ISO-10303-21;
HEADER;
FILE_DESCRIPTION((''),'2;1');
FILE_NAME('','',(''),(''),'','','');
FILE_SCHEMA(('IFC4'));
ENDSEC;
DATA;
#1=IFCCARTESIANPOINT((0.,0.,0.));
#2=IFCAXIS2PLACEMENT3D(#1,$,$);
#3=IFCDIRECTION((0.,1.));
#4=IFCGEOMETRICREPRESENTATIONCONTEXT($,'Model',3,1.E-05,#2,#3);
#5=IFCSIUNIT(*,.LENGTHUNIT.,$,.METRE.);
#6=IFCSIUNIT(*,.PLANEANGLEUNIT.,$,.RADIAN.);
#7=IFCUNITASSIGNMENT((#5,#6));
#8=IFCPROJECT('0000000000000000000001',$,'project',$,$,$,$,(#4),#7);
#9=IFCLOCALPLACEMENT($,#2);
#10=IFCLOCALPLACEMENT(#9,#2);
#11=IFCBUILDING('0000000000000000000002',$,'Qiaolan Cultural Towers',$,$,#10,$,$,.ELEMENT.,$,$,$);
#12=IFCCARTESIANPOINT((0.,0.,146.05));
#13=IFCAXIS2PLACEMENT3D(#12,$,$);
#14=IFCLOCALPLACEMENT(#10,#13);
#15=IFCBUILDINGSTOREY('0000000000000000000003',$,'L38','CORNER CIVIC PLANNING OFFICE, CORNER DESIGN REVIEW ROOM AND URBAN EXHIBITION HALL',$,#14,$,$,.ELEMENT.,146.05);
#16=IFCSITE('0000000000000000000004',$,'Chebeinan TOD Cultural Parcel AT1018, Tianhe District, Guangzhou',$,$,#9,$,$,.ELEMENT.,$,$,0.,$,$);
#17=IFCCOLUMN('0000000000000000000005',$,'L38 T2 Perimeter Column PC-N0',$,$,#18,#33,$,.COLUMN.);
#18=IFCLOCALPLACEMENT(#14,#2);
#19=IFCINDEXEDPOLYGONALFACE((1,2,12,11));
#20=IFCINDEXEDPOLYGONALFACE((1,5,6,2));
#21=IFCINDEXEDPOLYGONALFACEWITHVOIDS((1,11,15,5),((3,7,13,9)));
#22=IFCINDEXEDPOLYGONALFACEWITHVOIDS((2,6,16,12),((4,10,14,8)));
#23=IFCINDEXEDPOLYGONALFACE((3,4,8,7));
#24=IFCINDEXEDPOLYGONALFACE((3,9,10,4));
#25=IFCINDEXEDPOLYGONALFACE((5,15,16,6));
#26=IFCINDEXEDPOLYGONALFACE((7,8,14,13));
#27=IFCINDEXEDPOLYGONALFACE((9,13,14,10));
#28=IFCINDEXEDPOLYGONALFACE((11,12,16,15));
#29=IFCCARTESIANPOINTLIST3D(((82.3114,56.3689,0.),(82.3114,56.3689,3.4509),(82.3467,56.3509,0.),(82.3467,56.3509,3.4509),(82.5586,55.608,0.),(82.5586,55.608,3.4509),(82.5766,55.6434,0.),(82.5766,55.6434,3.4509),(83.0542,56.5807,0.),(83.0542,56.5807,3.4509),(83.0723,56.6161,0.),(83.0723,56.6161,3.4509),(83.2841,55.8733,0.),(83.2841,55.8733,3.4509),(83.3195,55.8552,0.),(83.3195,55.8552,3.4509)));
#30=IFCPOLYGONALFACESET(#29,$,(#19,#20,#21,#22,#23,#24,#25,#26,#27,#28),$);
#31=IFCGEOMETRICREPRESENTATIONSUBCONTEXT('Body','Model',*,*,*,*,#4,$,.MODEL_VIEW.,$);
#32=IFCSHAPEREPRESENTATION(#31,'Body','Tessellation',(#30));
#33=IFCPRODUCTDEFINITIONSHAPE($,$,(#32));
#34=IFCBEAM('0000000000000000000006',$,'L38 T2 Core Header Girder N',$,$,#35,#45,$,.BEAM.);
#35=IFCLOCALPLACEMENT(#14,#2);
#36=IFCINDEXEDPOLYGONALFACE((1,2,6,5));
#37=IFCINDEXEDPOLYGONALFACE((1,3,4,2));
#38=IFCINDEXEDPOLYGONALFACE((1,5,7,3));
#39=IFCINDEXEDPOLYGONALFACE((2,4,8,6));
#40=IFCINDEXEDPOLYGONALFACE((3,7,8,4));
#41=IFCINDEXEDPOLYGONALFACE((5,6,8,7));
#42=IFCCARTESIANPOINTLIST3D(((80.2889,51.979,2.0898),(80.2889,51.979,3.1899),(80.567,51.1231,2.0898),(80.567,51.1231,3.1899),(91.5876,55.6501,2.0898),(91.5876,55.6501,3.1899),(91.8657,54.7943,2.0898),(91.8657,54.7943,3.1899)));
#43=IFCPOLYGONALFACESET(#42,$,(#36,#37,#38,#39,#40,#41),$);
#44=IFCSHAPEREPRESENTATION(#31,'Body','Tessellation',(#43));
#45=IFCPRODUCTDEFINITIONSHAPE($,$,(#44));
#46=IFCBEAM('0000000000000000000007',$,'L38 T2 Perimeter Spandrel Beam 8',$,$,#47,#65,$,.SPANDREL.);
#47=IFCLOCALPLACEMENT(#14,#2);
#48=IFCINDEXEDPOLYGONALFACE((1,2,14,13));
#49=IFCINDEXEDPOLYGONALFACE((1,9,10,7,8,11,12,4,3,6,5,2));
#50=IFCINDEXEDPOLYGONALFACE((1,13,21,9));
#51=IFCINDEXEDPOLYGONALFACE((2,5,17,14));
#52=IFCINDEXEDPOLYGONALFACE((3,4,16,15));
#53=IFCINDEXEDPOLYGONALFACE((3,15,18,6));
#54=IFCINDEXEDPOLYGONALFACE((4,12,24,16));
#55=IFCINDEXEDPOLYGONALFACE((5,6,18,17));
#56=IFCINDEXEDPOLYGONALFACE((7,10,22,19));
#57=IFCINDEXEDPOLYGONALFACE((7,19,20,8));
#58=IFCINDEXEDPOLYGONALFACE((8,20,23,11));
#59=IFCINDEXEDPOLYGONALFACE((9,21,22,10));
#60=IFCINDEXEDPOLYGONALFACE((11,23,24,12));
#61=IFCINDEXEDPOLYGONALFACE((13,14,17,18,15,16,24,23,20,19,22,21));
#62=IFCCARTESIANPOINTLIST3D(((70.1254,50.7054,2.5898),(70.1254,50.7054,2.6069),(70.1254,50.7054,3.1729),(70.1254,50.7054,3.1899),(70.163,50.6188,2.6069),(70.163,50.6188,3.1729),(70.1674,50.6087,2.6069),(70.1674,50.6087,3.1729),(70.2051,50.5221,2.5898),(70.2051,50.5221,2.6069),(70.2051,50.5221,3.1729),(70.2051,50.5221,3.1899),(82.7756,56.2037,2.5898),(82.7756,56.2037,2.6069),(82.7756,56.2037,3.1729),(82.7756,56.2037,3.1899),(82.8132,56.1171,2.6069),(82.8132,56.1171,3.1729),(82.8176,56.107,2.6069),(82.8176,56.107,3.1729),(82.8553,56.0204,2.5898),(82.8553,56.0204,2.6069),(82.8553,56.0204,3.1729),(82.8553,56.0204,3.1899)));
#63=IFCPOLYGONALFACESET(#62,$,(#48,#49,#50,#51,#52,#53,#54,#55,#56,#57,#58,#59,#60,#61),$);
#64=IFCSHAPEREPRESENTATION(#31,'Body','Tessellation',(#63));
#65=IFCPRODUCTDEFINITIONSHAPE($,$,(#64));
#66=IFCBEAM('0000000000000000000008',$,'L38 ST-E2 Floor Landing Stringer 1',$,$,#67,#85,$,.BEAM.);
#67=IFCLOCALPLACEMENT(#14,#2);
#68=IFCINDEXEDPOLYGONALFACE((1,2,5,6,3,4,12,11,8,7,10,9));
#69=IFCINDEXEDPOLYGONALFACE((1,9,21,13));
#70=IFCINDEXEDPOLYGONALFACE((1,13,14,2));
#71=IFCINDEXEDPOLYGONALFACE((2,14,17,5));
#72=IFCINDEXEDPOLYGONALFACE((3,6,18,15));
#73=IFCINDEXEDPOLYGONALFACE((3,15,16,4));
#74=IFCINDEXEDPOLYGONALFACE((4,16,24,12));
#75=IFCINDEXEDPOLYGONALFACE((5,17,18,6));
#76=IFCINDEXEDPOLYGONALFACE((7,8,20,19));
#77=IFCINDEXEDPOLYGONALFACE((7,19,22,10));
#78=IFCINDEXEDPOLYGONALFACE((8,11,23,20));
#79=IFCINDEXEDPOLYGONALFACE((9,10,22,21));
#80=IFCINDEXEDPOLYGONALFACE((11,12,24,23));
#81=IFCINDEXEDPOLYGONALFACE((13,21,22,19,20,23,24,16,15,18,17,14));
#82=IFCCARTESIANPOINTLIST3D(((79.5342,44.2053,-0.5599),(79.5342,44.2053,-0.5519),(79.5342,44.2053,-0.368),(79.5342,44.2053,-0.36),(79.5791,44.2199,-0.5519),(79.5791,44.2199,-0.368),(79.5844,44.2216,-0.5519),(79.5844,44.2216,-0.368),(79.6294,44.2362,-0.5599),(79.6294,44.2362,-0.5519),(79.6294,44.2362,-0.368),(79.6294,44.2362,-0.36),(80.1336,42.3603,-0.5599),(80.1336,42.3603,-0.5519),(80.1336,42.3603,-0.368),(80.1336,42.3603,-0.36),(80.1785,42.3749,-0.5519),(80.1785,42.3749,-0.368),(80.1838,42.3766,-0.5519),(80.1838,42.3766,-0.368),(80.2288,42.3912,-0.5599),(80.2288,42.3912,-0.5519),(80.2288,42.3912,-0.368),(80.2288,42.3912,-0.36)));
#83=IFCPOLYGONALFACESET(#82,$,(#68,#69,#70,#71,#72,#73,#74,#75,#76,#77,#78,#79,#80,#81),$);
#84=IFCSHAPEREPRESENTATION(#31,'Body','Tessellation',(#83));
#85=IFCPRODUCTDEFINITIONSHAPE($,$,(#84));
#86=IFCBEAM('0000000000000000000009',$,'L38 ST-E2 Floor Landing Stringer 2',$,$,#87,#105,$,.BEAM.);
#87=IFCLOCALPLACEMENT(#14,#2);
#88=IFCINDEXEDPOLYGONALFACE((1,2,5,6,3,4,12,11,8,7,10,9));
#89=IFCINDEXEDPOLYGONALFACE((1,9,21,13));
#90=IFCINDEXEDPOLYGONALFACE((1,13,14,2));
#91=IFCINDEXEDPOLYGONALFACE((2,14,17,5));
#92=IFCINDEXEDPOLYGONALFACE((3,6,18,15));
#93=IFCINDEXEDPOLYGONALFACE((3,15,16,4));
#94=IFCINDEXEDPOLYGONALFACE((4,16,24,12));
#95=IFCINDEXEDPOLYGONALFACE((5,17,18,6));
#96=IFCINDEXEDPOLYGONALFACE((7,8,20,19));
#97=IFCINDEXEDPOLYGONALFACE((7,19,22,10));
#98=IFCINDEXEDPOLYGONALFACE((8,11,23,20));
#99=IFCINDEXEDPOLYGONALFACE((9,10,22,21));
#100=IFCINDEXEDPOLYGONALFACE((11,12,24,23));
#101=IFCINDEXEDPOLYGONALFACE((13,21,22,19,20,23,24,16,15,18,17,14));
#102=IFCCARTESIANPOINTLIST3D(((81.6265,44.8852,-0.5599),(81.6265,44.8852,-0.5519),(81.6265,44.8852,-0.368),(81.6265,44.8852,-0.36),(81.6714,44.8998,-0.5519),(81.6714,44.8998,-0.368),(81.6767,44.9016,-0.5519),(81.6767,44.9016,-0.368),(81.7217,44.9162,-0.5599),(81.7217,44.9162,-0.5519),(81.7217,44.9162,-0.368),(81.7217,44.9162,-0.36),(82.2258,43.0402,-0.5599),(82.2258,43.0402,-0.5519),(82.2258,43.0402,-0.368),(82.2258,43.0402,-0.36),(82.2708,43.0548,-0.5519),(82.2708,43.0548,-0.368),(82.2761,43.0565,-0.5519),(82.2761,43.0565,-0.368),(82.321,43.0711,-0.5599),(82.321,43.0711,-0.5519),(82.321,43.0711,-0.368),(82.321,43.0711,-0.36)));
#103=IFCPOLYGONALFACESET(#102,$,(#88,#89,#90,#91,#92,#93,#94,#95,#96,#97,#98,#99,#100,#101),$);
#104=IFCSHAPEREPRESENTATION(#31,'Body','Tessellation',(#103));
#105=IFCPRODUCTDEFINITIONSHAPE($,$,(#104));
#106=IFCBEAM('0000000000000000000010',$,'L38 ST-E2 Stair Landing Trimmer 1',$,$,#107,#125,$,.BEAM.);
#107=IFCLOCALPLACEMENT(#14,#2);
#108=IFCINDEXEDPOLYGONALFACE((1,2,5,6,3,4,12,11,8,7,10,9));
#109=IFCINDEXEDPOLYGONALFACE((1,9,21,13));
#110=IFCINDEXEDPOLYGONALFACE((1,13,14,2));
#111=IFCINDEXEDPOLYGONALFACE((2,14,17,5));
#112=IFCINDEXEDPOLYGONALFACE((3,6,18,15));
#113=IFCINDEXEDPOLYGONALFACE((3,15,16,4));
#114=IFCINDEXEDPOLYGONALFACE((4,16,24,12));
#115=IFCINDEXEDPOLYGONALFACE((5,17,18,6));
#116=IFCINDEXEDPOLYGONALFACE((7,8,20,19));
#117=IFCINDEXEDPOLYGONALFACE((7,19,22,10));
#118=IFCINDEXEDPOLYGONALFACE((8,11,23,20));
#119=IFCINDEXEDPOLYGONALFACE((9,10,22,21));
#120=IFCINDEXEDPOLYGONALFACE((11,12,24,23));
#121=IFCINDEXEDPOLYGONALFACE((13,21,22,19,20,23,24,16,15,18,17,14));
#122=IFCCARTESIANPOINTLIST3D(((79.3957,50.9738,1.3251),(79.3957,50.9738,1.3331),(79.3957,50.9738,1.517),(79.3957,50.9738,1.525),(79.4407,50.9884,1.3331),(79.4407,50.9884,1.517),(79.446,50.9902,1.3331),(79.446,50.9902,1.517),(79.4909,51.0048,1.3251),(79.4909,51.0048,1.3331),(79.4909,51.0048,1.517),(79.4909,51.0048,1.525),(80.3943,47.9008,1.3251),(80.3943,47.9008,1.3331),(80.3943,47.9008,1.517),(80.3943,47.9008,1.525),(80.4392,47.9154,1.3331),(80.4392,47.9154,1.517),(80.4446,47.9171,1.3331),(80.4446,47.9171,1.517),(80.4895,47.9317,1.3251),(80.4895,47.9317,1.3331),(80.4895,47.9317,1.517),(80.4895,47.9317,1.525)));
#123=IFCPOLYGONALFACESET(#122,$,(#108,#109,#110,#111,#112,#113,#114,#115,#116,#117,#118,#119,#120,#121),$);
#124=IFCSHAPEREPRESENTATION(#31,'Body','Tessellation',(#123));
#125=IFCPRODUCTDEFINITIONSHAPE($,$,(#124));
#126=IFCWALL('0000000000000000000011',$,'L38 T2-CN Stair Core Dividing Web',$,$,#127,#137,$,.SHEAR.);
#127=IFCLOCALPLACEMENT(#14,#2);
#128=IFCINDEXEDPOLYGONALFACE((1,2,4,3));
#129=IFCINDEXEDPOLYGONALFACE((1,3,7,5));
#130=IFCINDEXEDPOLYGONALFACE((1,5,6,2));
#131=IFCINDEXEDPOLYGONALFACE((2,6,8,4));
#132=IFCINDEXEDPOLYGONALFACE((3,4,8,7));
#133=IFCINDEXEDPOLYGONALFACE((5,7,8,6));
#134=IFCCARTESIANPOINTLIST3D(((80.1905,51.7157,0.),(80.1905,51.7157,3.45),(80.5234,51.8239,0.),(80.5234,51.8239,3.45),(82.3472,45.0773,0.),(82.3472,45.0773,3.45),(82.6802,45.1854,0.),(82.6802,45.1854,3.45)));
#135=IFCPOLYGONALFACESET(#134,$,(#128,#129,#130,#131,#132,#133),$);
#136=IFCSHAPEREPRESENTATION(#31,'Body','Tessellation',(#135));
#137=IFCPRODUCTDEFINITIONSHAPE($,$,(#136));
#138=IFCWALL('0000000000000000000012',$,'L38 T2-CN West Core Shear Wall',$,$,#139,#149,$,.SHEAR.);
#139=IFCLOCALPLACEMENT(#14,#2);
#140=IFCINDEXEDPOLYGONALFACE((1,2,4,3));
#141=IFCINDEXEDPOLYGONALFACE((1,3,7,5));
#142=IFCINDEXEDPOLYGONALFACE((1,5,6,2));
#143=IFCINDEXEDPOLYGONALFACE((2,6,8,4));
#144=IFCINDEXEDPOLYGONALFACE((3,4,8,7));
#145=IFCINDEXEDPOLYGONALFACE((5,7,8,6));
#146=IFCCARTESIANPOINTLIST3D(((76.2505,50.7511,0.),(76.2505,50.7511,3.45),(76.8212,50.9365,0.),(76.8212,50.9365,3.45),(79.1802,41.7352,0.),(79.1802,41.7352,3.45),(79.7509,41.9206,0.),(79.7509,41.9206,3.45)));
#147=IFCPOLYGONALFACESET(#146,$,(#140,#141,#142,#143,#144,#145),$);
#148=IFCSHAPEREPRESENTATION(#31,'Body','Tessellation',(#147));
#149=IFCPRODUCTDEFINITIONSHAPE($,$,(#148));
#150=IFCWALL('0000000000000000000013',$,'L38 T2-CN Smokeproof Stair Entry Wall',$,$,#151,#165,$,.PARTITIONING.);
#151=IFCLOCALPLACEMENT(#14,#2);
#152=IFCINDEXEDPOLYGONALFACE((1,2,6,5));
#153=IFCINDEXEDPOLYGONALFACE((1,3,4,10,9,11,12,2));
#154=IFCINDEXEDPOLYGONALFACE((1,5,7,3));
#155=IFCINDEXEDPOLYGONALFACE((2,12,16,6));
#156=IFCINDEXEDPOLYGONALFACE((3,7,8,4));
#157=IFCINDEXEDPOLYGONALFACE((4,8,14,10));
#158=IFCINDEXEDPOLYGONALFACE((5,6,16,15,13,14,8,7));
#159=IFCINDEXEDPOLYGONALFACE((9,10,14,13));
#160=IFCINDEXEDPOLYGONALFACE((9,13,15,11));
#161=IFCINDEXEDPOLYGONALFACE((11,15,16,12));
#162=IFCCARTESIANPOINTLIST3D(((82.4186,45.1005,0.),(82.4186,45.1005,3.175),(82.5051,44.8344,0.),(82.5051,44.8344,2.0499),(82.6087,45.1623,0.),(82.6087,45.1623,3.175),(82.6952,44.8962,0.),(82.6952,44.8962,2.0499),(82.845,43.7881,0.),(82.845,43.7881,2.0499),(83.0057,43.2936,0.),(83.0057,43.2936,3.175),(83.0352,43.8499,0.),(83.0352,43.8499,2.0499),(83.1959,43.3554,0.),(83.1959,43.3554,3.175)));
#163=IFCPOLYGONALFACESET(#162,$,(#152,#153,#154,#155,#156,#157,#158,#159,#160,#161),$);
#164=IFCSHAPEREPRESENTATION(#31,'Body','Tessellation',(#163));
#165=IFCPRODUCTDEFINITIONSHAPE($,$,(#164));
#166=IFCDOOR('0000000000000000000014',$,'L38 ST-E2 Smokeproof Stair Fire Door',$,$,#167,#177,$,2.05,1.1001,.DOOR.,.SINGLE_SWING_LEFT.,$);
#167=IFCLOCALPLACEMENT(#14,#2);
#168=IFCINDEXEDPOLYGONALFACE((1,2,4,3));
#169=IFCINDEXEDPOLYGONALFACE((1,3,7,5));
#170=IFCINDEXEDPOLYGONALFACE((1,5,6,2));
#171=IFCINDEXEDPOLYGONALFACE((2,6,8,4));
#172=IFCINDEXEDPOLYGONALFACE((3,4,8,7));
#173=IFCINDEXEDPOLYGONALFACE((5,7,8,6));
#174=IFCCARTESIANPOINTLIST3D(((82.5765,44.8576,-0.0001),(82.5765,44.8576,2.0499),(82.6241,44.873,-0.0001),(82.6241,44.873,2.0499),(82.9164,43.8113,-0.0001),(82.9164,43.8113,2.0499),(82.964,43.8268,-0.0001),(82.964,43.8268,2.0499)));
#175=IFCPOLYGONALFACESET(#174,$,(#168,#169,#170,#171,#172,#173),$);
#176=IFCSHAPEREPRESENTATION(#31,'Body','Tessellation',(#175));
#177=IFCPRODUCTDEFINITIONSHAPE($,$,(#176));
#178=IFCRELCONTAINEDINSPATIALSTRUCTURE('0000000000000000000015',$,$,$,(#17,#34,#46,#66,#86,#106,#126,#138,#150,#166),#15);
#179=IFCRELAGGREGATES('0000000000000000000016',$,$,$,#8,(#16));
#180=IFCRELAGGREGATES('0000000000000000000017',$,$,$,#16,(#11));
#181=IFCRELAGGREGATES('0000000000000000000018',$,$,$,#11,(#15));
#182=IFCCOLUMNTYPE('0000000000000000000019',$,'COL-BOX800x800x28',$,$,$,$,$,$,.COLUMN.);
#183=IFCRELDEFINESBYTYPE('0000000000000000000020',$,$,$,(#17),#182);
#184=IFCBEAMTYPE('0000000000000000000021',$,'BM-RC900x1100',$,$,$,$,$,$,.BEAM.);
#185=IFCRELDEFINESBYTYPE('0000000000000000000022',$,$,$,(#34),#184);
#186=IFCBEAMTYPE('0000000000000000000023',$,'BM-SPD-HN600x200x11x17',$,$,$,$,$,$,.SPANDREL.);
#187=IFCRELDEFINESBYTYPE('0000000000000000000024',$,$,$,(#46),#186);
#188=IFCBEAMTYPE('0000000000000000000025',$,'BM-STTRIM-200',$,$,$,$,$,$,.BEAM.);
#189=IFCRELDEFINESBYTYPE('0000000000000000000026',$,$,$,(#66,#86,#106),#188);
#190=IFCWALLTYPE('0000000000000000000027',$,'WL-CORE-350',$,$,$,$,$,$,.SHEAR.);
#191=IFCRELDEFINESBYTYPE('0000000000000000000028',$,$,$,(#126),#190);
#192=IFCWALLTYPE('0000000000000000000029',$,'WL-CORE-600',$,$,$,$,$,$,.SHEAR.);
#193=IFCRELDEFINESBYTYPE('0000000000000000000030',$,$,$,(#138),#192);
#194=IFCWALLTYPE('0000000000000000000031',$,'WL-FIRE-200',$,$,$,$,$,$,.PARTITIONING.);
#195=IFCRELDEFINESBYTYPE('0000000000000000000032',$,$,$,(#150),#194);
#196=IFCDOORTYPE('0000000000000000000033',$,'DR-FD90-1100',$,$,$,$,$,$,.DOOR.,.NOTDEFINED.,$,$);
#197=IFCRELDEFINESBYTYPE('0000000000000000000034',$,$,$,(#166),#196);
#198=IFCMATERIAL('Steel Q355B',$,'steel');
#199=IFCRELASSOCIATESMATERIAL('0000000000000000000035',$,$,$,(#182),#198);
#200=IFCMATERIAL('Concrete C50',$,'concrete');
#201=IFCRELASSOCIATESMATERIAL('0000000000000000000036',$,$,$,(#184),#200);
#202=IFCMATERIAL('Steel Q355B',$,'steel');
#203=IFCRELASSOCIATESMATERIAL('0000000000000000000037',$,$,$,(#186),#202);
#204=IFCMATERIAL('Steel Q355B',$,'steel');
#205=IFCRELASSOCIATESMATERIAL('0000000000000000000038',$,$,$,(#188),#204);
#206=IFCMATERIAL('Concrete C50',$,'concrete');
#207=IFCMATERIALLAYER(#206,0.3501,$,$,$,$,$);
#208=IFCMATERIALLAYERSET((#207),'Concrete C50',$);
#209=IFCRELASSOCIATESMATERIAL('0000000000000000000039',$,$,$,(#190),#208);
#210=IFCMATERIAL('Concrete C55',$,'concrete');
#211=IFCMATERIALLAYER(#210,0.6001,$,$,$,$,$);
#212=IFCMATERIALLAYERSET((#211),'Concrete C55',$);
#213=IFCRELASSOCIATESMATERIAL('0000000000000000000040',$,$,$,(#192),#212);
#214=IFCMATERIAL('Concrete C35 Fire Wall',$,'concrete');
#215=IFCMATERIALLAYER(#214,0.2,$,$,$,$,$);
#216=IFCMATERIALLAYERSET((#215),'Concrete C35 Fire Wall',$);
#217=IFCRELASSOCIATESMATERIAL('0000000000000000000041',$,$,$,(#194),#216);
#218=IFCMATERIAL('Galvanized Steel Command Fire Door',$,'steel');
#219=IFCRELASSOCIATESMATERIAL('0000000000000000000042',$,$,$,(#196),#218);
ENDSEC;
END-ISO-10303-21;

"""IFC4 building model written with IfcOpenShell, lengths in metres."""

from ifc_helpers import new_model, si_unit, direction, frame, frame_2d, origin, origin_2d, place, context, subcontext, project, spatial, rectangle, hollow_rectangle, i_section, extrude, material, layer, layer_set, material_profile, profile_set, type_object, element, fill, save


model = new_model("IFC4")

# Units and contexts
model_context = context("Model", 3, precision=1e-05, world=origin(), true_north=direction((0.0, 1.0)))
body_context = subcontext(model_context, "Body", "Model", "MODEL_VIEW")
ifc_project = project(units=[si_unit("LENGTHUNIT", "METRE"), si_unit("PLANEANGLEUNIT", "RADIAN")], contexts=[model_context])

# Site, building, storey
site_placement = place(None, origin())
site = spatial("IfcSite", under=ifc_project, at=site_placement, Name="Chebeinan TOD Cultural Parcel AT1018, Tianhe District, Guangzhou", CompositionType="ELEMENT", RefElevation=0.0)
building_placement = place(site_placement, origin())
building = spatial("IfcBuilding", under=site, at=building_placement, Name="Qiaolan Cultural Towers", CompositionType="ELEMENT")
storey_placement = place(building_placement, frame((0.0, 0.0, 146.05)))
storey = spatial("IfcBuildingStorey", under=building, at=storey_placement, Name="L38", Description="CORNER CIVIC PLANNING OFFICE, CORNER DESIGN REVIEW ROOM AND URBAN EXHIBITION HALL", CompositionType="ELEMENT", Elevation=146.05)

# Column
ifc_material_1 = material(Name="Steel Q355B", Category="steel")
ifc_material_profile_1 = material_profile(ifc_material_1, hollow_rectangle(XDim=0.8, YDim=0.8, WallThickness=0.0281, at=origin_2d()), Name="BOX800x800x28")
ifc_profile_set_1 = profile_set([ifc_material_profile_1], Name="Steel Q355B")
column_type = type_object("IfcColumnType", Name="COL-BOX800x800x28", PredefinedType="COLUMN", material=ifc_profile_set_1)
column_placement = place(storey_placement, frame((82.8154, 56.1121, 0.0), z_axis=(0.0, 0.0, 1.0), x_axis=(0.951057, 0.309017, 0.0)))
element("IfcColumn", 1, at=column_placement, inside=storey, type_object=column_type, Name="L38 T2 Perimeter Column PC-N0", PredefinedType="COLUMN", context=body_context, shape_type="SweptSolid", body=[
    extrude(hollow_rectangle(XDim=0.8, YDim=0.8, WallThickness=0.0281, at=origin_2d()), origin(), (0.0, 0.0, 1.0), 3.4509),
])

# Beams
ifc_material_2 = material(Name="Concrete C50", Category="concrete")
ifc_material_profile_2 = material_profile(ifc_material_2, rectangle(XDim=0.8999, YDim=1.1001, at=origin_2d()), Name="RC900x1100")
ifc_profile_set_2 = profile_set([ifc_material_profile_2], Name="Concrete C50")
beam_type_1 = type_object("IfcBeamType", Name="BM-RC900x1100", PredefinedType="BEAM", material=ifc_profile_set_2)
beam_1_placement = place(storey_placement, frame((80.428, 51.551, 2.6399), z_axis=(0.951056, 0.309018, 0.0), x_axis=(-0.309018, 0.951056, 0.0)))
element("IfcBeam", 2, at=beam_1_placement, inside=storey, type_object=beam_type_1, Name="L38 T2 Core Header Girder N", PredefinedType="BEAM", context=body_context, shape_type="SweptSolid", body=[
    extrude(rectangle(XDim=0.8999, YDim=1.1001, at=origin_2d()), origin(), (0.0, 0.0, 1.0), 11.8801),
])
ifc_material_3 = material(Name="Steel Q355B", Category="steel")
ifc_material_profile_3 = material_profile(ifc_material_3, i_section(OverallWidth=0.2, OverallDepth=0.6001, WebThickness=0.011, FlangeThickness=0.0171, at=origin_2d()), Name="HN600x200x11x17")
ifc_profile_set_3 = profile_set([ifc_material_profile_3], Name="Steel Q355B")
beam_type_2 = type_object("IfcBeamType", Name="BM-SPD-HN600x200x11x17", PredefinedType="SPANDREL", material=ifc_profile_set_3)
beam_2_placement = place(storey_placement, frame((82.8154, 56.1121, 2.8899), z_axis=(-0.917117, -0.398618, 0.0), x_axis=(0.398618, -0.917117, 0.0)))
element("IfcBeam", 3, at=beam_2_placement, inside=storey, type_object=beam_type_2, Name="L38 T2 Perimeter Spandrel Beam 8", PredefinedType="SPANDREL", context=body_context, shape_type="SweptSolid", body=[
    extrude(i_section(OverallWidth=0.2, OverallDepth=0.6001, WebThickness=0.011, FlangeThickness=0.0171, at=origin_2d()), origin(), (0.0, 0.0, 1.0), 13.7935),
])
ifc_material_4 = material(Name="Steel Q355B", Category="steel")
ifc_material_profile_4 = material_profile(ifc_material_4, i_section(OverallWidth=0.1001, OverallDepth=0.2, WebThickness=0.0056, FlangeThickness=0.0081, at=origin_2d()), Name="HN200x100x5.5x8")
ifc_profile_set_4 = profile_set([ifc_material_profile_4], Name="Steel Q355B")
beam_type_3 = type_object("IfcBeamType", Name="BM-STTRIM-200", PredefinedType="BEAM", material=ifc_profile_set_4)
for number, where, z_axis, x_axis, name in (
    (4, (80.1812, 42.3757, -0.46), (-0.308969, 0.951072, 0.0), (-0.951072, -0.308969, 0.0), "L38 ST-E2 Floor Landing Stringer 1"),
    (5, (82.2734, 43.0557, -0.46), (-0.308969, 0.951072, 0.0), (-0.951072, -0.308969, 0.0), "L38 ST-E2 Floor Landing Stringer 2"),
):
    element("IfcBeam", number, at=place(storey_placement, frame(where, z_axis=z_axis, x_axis=x_axis)), inside=storey, type_object=beam_type_3, Name=name, PredefinedType="BEAM", context=body_context, shape_type="SweptSolid", body=[
        extrude(i_section(OverallWidth=0.1001, OverallDepth=0.2, WebThickness=0.0056, FlangeThickness=0.0081, at=origin_2d()), origin(), (0.0, 0.0, 1.0), 1.9399),
    ])
beam_3_placement = place(storey_placement, frame((80.4419, 47.9163, 1.425), z_axis=(-0.309033, 0.951051, 0.0), x_axis=(-0.951051, -0.309033, 0.0)))
element("IfcBeam", 6, at=beam_3_placement, inside=storey, type_object=beam_type_3, Name="L38 ST-E2 Stair Landing Trimmer 1", PredefinedType="BEAM", context=body_context, shape_type="SweptSolid", body=[
    extrude(i_section(OverallWidth=0.1001, OverallDepth=0.2, WebThickness=0.0056, FlangeThickness=0.0081, at=origin_2d()), origin(), (0.0, 0.0, 1.0), 3.2312),
])

# Walls
ifc_material_5 = material(Name="Concrete C50", Category="concrete")
ifc_layer_1 = layer(ifc_material_5, 0.3501)
ifc_layer_set_1 = layer_set([ifc_layer_1], Name="Concrete C50")
wall_type_1 = type_object("IfcWallType", Name="WL-CORE-350", PredefinedType="SHEAR", material=ifc_layer_set_1)
wall_1_placement = place(storey_placement, frame((82.5137, 45.1313, 0.0), z_axis=(0.0, 0.0, 1.0), x_axis=(-0.308989, 0.951066, 0.0)))
element("IfcWall", 7, at=wall_1_placement, inside=storey, type_object=wall_type_1, Name="L38 T2-CN Stair Core Dividing Web", PredefinedType="SHEAR", context=body_context, shape_type="SweptSolid", body=[
    extrude(rectangle(XDim=6.98, YDim=0.3501, at=frame_2d((3.49, 0.0))), origin(), (0.0, 0.0, 1.0), 3.45),
])
ifc_material_6 = material(Name="Concrete C55", Category="concrete")
ifc_layer_2 = layer(ifc_material_6, 0.6001)
ifc_layer_set_2 = layer_set([ifc_layer_2], Name="Concrete C55")
wall_type_2 = type_object("IfcWallType", Name="WL-CORE-600", PredefinedType="SHEAR", material=ifc_layer_set_2)
wall_2_placement = place(storey_placement, frame((79.4656, 41.8279, 0.0), z_axis=(0.0, 0.0, 1.0), x_axis=(-0.309041, 0.951049, 0.0)))
element("IfcWall", 8, at=wall_2_placement, inside=storey, type_object=wall_type_2, Name="L38 T2-CN West Core Shear Wall", PredefinedType="SHEAR", context=body_context, shape_type="SweptSolid", body=[
    extrude(rectangle(XDim=9.48, YDim=0.6001, at=frame_2d((4.74, 0.0))), origin(), (0.0, 0.0, 1.0), 3.45),
])

# Wall, opening, door
ifc_material_7 = material(Name="Concrete C35 Fire Wall", Category="concrete")
ifc_layer_3 = layer(ifc_material_7, 0.2)
ifc_layer_set_3 = layer_set([ifc_layer_3], Name="Concrete C35 Fire Wall")
wall_type_3 = type_object("IfcWallType", Name="WL-FIRE-200", PredefinedType="PARTITIONING", material=ifc_layer_set_3)
wall_3_placement = place(storey_placement, frame((83.1008, 43.3245, 0.0), z_axis=(0.0, 0.0, 1.0), x_axis=(-0.309048, 0.951046, 0.0)))
wall_3 = element("IfcWall", 9, at=wall_3_placement, inside=storey, type_object=wall_type_3, Name="L38 T2-CN Smokeproof Stair Entry Wall", PredefinedType="PARTITIONING", context=body_context, shape_type="SweptSolid", body=[
    extrude(rectangle(XDim=1.8999, YDim=0.2, at=frame_2d((0.95, 0.0))), origin(), (0.0, 0.0, 1.0), 3.175),
])
opening_1_placement = place(wall_3_placement, frame((0.52, 0.0, 0.0)))
opening_1 = element("IfcOpeningElement", 10, at=opening_1_placement, cuts=wall_3, PredefinedType="OPENING", context=body_context, shape_type="SweptSolid", body=[
    extrude(rectangle(XDim=1.1001, YDim=2.05, at=frame_2d((0.55, 1.0249))), frame((0.0, 0.1099, 0.0), z_axis=(0.0, -1.0, 0.0), x_axis=(1.0, 0.0, 0.0)), (0.0, 0.0, 1.0), 0.22),
])
ifc_material_8 = material(Name="Galvanized Steel Command Fire Door", Category="steel")
door_type_1 = type_object("IfcDoorType", Name="DR-FD90-1100", OperationType="NOTDEFINED", PredefinedType="DOOR", material=ifc_material_8)
door_1_placement = place(opening_1_placement, origin())
door_1 = element("IfcDoor", 11, at=door_1_placement, inside=storey, type_object=door_type_1, Name="L38 ST-E2 Smokeproof Stair Fire Door", OperationType="SINGLE_SWING_LEFT", OverallHeight=2.05, OverallWidth=1.1001, PredefinedType="DOOR", context=body_context, shape_type="SweptSolid", body=[
    extrude(rectangle(XDim=1.1001, YDim=2.05, at=frame_2d((0.55, 1.0249))), frame((0.0, 0.0249, 0.0), z_axis=(0.0, -1.0, 0.0), x_axis=(1.0, 0.0, 0.0)), (0.0, 0.0, 1.0), 0.05),
])
fill(opening_1, door_1)

save(model, "model.ifc")
